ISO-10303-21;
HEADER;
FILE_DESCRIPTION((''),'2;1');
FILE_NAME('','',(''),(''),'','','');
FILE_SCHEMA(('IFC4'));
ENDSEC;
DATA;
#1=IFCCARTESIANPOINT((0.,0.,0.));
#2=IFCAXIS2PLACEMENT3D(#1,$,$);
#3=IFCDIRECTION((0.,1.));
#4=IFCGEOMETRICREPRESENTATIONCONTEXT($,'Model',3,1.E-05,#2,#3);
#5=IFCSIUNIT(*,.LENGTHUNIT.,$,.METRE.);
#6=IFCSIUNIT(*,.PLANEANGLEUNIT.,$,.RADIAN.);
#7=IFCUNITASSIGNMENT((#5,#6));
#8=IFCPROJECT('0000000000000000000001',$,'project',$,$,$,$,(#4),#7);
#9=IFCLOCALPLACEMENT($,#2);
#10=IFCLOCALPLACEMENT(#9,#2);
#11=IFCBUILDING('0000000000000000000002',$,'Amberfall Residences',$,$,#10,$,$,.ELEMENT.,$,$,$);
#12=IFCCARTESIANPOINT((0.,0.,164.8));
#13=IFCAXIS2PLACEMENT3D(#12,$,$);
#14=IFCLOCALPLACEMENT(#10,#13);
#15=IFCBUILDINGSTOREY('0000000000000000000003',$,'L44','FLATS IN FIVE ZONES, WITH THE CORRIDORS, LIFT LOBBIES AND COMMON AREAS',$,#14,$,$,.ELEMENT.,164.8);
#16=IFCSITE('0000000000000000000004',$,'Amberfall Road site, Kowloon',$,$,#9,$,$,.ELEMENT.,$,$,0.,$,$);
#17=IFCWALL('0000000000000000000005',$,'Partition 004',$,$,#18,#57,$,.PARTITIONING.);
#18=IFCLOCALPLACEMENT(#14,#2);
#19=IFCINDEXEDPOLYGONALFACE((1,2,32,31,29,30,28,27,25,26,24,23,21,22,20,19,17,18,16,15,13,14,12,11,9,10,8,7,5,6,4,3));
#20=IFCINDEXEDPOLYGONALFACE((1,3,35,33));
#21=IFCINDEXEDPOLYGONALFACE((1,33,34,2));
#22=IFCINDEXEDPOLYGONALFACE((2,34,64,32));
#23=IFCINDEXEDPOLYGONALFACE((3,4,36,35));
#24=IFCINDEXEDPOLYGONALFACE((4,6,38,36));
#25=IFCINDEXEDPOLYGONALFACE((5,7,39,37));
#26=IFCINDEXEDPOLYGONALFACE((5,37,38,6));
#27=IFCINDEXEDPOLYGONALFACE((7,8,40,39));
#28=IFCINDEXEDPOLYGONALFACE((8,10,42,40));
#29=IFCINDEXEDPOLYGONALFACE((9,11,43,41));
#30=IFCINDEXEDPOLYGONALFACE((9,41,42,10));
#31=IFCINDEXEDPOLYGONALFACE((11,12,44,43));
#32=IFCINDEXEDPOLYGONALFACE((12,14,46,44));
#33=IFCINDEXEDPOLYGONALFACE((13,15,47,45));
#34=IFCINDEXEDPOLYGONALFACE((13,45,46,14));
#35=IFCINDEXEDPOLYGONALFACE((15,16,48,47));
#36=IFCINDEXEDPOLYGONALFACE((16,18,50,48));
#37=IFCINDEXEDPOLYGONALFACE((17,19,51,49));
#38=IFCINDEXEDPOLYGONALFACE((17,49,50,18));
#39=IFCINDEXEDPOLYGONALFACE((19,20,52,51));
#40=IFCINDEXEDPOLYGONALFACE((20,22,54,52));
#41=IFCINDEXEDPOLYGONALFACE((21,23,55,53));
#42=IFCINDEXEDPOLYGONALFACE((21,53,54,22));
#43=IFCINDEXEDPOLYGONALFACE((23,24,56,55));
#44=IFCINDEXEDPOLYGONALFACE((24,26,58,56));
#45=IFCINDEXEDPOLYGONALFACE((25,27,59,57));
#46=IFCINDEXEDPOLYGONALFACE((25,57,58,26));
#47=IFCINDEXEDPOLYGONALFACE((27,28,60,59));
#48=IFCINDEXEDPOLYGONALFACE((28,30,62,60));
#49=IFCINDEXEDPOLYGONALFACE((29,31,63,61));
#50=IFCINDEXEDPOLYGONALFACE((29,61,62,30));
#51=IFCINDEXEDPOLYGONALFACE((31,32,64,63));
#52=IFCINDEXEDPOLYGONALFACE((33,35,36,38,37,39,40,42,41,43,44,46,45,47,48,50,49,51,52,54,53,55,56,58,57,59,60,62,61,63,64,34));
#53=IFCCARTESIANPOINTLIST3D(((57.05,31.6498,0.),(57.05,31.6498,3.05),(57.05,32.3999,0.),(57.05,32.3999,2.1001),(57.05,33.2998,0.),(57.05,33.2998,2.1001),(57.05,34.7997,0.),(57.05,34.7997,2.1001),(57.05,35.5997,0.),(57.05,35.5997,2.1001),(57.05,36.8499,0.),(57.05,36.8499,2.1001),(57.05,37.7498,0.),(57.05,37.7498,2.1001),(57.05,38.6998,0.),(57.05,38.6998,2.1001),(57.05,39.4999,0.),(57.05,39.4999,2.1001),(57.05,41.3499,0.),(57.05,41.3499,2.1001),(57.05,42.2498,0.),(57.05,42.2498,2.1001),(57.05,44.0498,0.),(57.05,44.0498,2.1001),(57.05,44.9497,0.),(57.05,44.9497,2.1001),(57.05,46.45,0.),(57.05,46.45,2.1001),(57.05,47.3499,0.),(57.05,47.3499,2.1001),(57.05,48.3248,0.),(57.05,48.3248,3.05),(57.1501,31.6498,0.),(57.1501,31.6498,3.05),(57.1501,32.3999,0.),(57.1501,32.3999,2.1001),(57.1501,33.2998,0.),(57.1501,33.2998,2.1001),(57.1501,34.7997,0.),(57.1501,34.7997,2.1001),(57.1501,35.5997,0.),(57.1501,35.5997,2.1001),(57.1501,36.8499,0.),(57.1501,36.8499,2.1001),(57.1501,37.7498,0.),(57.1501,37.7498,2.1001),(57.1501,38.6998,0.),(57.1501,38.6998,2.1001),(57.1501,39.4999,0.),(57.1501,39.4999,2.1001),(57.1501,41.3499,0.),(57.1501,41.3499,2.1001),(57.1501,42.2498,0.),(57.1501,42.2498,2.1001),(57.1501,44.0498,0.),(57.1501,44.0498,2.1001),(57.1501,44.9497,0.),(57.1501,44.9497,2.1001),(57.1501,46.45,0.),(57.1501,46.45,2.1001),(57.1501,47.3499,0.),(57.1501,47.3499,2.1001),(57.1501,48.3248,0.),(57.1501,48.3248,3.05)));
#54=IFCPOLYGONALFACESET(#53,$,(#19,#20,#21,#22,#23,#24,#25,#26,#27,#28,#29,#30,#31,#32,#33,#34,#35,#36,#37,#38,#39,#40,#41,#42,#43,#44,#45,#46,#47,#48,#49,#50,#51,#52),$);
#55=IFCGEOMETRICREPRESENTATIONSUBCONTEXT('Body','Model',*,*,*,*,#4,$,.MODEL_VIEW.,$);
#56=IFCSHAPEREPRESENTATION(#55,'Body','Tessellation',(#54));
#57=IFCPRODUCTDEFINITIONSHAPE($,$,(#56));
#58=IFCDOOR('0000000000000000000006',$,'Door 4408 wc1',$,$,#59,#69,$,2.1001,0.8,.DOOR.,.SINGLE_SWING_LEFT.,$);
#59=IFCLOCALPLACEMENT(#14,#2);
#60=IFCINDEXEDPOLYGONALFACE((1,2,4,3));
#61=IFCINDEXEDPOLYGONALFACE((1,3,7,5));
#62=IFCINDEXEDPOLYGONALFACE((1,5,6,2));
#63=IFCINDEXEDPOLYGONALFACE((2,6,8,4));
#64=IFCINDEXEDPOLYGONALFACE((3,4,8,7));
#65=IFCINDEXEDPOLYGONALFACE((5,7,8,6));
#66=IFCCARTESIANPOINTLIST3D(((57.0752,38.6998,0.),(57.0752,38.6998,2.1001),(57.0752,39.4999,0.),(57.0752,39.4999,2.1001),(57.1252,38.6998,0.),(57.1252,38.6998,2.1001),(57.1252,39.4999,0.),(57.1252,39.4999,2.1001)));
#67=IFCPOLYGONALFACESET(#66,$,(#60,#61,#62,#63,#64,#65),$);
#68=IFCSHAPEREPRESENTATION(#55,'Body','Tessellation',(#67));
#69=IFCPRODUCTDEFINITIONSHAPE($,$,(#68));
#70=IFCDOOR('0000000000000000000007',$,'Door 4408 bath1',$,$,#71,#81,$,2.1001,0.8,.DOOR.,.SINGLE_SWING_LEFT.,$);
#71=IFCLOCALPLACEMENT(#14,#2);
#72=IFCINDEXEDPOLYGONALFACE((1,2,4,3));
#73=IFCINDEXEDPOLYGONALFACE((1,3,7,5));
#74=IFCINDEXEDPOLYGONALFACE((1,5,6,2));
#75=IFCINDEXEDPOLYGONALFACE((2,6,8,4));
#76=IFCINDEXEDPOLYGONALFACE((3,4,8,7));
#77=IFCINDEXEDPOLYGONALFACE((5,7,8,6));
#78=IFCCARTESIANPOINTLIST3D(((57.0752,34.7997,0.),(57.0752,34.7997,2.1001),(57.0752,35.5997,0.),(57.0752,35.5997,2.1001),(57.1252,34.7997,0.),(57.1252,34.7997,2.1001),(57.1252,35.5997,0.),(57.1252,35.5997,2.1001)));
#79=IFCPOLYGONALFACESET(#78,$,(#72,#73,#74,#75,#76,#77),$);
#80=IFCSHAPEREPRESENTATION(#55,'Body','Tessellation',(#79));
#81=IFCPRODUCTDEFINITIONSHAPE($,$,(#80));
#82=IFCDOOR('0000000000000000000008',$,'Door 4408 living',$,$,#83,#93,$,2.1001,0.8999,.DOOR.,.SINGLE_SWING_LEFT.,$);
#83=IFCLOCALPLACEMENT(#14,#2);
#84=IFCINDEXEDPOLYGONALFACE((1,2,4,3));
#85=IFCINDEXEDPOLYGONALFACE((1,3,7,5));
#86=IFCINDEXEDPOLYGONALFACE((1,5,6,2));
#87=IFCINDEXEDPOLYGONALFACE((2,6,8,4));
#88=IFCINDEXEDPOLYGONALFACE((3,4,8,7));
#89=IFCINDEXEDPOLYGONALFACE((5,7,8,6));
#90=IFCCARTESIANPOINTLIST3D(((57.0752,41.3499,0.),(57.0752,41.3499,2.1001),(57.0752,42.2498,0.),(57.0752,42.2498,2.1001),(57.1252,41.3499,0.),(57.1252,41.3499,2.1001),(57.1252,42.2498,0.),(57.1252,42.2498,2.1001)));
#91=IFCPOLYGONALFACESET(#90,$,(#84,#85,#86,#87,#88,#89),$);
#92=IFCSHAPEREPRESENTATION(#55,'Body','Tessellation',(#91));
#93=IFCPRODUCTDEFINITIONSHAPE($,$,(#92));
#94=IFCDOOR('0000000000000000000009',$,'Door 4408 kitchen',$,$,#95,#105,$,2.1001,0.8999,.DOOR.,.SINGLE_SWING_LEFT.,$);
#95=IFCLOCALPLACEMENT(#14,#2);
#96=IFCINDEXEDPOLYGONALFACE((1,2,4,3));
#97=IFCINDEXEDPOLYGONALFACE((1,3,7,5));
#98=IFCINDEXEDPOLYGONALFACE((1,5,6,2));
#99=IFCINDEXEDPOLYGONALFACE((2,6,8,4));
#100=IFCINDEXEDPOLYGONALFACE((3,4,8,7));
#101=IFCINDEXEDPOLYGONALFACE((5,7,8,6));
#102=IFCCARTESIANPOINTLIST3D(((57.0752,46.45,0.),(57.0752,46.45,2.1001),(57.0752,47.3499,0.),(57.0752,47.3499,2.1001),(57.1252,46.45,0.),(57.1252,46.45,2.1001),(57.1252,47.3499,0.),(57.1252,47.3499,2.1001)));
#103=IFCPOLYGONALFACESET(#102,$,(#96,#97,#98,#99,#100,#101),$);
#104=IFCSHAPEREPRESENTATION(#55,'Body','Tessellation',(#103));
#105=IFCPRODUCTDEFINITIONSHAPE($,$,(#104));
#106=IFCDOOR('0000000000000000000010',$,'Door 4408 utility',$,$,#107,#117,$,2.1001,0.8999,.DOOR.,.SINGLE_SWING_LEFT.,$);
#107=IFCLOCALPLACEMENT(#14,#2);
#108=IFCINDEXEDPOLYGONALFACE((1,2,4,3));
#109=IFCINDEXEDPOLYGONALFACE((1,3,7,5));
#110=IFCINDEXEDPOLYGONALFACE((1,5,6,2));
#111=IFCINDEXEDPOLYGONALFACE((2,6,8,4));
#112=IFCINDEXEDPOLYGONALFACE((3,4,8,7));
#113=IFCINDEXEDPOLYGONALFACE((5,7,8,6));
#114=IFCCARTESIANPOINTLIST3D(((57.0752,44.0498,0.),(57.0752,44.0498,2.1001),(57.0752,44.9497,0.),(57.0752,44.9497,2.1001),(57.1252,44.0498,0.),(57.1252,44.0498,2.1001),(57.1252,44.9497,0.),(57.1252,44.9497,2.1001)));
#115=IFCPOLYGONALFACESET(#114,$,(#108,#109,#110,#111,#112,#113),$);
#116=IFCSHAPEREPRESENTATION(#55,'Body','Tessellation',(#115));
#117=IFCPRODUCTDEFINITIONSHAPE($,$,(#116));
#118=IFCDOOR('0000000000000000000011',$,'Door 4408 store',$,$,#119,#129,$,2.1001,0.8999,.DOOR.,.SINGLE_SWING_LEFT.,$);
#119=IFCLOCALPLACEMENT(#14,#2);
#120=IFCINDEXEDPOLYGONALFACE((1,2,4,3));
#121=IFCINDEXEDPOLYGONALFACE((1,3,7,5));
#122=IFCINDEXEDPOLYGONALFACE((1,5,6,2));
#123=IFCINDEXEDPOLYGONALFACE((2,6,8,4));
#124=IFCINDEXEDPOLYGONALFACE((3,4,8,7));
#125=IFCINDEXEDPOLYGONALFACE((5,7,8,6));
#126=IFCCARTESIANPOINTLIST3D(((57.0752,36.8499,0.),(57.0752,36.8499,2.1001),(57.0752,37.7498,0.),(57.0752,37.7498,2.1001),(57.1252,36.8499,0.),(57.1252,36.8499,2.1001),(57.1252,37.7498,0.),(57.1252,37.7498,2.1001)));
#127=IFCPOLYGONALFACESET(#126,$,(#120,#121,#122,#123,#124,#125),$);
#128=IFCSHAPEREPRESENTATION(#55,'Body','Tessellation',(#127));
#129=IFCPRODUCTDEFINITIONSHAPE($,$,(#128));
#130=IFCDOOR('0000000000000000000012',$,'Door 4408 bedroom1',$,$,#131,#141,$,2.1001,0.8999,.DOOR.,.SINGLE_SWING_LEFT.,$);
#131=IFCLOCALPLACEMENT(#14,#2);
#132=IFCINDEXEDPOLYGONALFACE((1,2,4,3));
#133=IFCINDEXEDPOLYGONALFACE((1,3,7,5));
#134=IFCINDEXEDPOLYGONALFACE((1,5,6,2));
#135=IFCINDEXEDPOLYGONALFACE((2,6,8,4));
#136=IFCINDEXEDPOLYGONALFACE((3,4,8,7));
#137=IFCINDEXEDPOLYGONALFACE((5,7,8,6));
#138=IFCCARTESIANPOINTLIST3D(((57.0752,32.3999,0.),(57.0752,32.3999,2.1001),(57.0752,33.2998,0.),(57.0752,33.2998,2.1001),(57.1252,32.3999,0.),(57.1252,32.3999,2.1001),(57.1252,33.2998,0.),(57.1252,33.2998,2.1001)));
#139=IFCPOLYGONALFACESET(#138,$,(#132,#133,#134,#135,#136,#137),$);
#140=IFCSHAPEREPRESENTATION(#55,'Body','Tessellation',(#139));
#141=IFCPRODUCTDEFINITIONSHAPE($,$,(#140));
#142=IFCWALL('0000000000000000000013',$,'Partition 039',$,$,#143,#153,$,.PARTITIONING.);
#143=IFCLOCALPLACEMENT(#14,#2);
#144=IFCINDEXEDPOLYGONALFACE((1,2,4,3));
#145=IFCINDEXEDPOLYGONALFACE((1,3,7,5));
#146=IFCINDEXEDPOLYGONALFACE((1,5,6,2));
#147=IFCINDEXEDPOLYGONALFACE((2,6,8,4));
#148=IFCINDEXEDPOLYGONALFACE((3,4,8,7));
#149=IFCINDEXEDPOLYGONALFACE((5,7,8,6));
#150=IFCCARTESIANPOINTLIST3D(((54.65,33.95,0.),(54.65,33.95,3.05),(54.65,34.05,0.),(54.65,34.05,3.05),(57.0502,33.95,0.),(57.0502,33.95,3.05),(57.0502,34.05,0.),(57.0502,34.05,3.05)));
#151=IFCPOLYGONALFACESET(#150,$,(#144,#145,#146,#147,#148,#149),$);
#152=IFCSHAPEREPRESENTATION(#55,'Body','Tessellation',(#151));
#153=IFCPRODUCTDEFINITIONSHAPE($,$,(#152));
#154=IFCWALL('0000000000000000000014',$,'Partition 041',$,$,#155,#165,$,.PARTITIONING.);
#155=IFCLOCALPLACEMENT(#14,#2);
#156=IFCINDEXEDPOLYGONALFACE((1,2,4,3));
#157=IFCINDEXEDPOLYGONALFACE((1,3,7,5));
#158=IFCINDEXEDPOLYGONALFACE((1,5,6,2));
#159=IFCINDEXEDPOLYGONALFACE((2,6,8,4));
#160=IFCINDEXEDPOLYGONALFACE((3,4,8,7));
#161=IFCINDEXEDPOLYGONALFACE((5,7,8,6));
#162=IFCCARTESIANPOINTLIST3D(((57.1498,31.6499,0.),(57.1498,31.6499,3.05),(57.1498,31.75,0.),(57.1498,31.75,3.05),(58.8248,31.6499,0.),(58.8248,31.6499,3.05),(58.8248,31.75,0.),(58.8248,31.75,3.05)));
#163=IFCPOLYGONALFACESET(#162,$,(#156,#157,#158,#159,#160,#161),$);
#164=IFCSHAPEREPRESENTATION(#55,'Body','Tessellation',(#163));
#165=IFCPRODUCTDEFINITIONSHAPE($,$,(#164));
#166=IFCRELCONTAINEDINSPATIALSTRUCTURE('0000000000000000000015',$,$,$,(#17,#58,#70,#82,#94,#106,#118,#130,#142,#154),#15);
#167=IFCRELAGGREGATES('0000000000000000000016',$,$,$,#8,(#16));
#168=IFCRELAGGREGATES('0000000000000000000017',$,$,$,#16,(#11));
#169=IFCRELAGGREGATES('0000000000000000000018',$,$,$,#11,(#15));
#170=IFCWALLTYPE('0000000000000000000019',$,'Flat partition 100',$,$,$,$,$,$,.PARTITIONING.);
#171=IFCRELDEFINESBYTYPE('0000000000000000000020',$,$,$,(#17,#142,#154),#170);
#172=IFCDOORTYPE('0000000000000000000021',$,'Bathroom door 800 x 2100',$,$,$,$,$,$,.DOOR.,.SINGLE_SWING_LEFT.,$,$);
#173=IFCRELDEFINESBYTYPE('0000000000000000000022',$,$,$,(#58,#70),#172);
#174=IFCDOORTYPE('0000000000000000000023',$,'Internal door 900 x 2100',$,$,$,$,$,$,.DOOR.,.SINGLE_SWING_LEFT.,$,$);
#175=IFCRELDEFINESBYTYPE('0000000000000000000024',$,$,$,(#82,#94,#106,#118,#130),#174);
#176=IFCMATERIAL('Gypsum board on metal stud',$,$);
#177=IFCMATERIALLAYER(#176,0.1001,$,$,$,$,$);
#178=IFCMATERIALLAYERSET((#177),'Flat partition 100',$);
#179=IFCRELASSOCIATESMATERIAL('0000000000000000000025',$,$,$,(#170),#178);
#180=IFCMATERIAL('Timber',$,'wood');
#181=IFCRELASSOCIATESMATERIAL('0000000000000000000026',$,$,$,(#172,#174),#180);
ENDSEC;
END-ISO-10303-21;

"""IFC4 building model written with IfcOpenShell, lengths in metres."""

from ifc_helpers import new_model, si_unit, direction, frame, frame_2d, origin, place, context, subcontext, project, spatial, rectangle, extrude, material, layer, layer_set, type_object, element, fill, save


model = new_model("IFC4")

# Units and contexts
model_context = context("Model", 3, precision=1e-05, world=origin(), true_north=direction((0.0, 1.0)))
body_context = subcontext(model_context, "Body", "Model", "MODEL_VIEW")
ifc_project = project(units=[si_unit("LENGTHUNIT", "METRE"), si_unit("PLANEANGLEUNIT", "RADIAN")], contexts=[model_context])

# Site, building, storey
site_placement = place(None, origin())
site = spatial("IfcSite", under=ifc_project, at=site_placement, Name="Amberfall Road site, Kowloon", CompositionType="ELEMENT", RefElevation=0.0)
building_placement = place(site_placement, origin())
building = spatial("IfcBuilding", under=site, at=building_placement, Name="Amberfall Residences", CompositionType="ELEMENT")
storey_placement = place(building_placement, frame((0.0, 0.0, 164.8)))
storey = spatial("IfcBuildingStorey", under=building, at=storey_placement, Name="L44", Description="FLATS IN FIVE ZONES, WITH THE CORRIDORS, LIFT LOBBIES AND COMMON AREAS", CompositionType="ELEMENT", Elevation=164.8)

# Shared definitions
ifc_material_1 = material(Name="Gypsum board on metal stud")
ifc_layer_1 = layer(ifc_material_1, 0.1001)
ifc_layer_set_1 = layer_set([ifc_layer_1], Name="Flat partition 100")
wall_type_1 = type_object("IfcWallType", Name="Flat partition 100", PredefinedType="PARTITIONING", material=ifc_layer_set_1)

# Wall, openings, doors
wall_1_placement = place(storey_placement, frame((57.1001, 31.6499, 0.0), z_axis=(0.0, 0.0, 1.0), x_axis=(0.0, 1.0, 0.0)))
wall_1 = element("IfcWall", 1, at=wall_1_placement, inside=storey, type_object=wall_type_1, Name="Partition 004", PredefinedType="PARTITIONING", context=body_context, shape_type="SweptSolid", body=[
    extrude(rectangle(XDim=16.675, YDim=0.1001, at=frame_2d((8.3374, 0.0))), origin(), (0.0, 0.0, 1.0), 3.05),
])
opening_1_placement = place(wall_1_placement, frame((9.7, 0.0, 0.0)))
opening_1 = element("IfcOpeningElement", 2, at=opening_1_placement, cuts=wall_1, PredefinedType="OPENING", context=body_context, shape_type="SweptSolid", body=[
    extrude(rectangle(XDim=0.8999, YDim=2.1001, at=frame_2d((0.45, 1.05))), frame((0.0, 0.0601, 0.0), z_axis=(0.0, -1.0, 0.0), x_axis=(1.0, 0.0, 0.0)), (0.0, 0.0, 1.0), 0.1201),
])
opening_2_placement = place(wall_1_placement, frame((14.8, 0.0, 0.0)))
opening_2 = element("IfcOpeningElement", 3, at=opening_2_placement, cuts=wall_1, PredefinedType="OPENING", context=body_context, shape_type="SweptSolid", body=[
    extrude(rectangle(XDim=0.8999, YDim=2.1001, at=frame_2d((0.45, 1.05))), frame((0.0, 0.0601, 0.0), z_axis=(0.0, -1.0, 0.0), x_axis=(1.0, 0.0, 0.0)), (0.0, 0.0, 1.0), 0.1201),
])
opening_3_placement = place(wall_1_placement, frame((12.3999, 0.0, 0.0)))
opening_3 = element("IfcOpeningElement", 4, at=opening_3_placement, cuts=wall_1, PredefinedType="OPENING", context=body_context, shape_type="SweptSolid", body=[
    extrude(rectangle(XDim=0.8999, YDim=2.1001, at=frame_2d((0.45, 1.05))), frame((0.0, 0.0601, 0.0), z_axis=(0.0, -1.0, 0.0), x_axis=(1.0, 0.0, 0.0)), (0.0, 0.0, 1.0), 0.1201),
])
opening_4_placement = place(wall_1_placement, frame((5.2, 0.0, 0.0)))
opening_4 = element("IfcOpeningElement", 5, at=opening_4_placement, cuts=wall_1, PredefinedType="OPENING", context=body_context, shape_type="SweptSolid", body=[
    extrude(rectangle(XDim=0.8999, YDim=2.1001, at=frame_2d((0.45, 1.05))), frame((0.0, 0.0601, 0.0), z_axis=(0.0, -1.0, 0.0), x_axis=(1.0, 0.0, 0.0)), (0.0, 0.0, 1.0), 0.1201),
])
opening_5_placement = place(wall_1_placement, frame((7.05, 0.0, 0.0)))
opening_5 = element("IfcOpeningElement", 6, at=opening_5_placement, cuts=wall_1, PredefinedType="OPENING", context=body_context, shape_type="SweptSolid", body=[
    extrude(rectangle(XDim=0.8, YDim=2.1001, at=frame_2d((0.3999, 1.05))), frame((0.0, 0.0601, 0.0), z_axis=(0.0, -1.0, 0.0), x_axis=(1.0, 0.0, 0.0)), (0.0, 0.0, 1.0), 0.1201),
])
opening_6_placement = place(wall_1_placement, frame((0.75, 0.0, 0.0)))
opening_6 = element("IfcOpeningElement", 7, at=opening_6_placement, cuts=wall_1, PredefinedType="OPENING", context=body_context, shape_type="SweptSolid", body=[
    extrude(rectangle(XDim=0.8999, YDim=2.1001, at=frame_2d((0.45, 1.05))), frame((0.0, 0.0601, 0.0), z_axis=(0.0, -1.0, 0.0), x_axis=(1.0, 0.0, 0.0)), (0.0, 0.0, 1.0), 0.1201),
])
opening_7_placement = place(wall_1_placement, frame((3.1499, 0.0, 0.0)))
opening_7 = element("IfcOpeningElement", 8, at=opening_7_placement, cuts=wall_1, PredefinedType="OPENING", context=body_context, shape_type="SweptSolid", body=[
    extrude(rectangle(XDim=0.8, YDim=2.1001, at=frame_2d((0.3999, 1.05))), frame((0.0, 0.0601, 0.0), z_axis=(0.0, -1.0, 0.0), x_axis=(1.0, 0.0, 0.0)), (0.0, 0.0, 1.0), 0.1201),
])
ifc_material_2 = material(Name="Timber", Category="wood")
door_type_1 = type_object("IfcDoorType", Name="Bathroom door 800 x 2100", OperationType="SINGLE_SWING_LEFT", PredefinedType="DOOR", material=ifc_material_2)
door_1_placement = place(opening_5_placement, origin())
door_1 = element("IfcDoor", 9, at=door_1_placement, inside=storey, type_object=door_type_1, Name="Door 4408 wc1", OperationType="SINGLE_SWING_LEFT", OverallHeight=2.1001, OverallWidth=0.8, PredefinedType="DOOR", context=body_context, shape_type="SweptSolid", body=[
    extrude(rectangle(XDim=0.8, YDim=2.1001, at=frame_2d((0.3999, 1.05))), frame((0.0, 0.0249, 0.0), z_axis=(0.0, -1.0, 0.0), x_axis=(1.0, 0.0, 0.0)), (0.0, 0.0, 1.0), 0.05),
])
fill(opening_5, door_1)
door_2_placement = place(opening_7_placement, origin())
door_2 = element("IfcDoor", 10, at=door_2_placement, inside=storey, type_object=door_type_1, Name="Door 4408 bath1", OperationType="SINGLE_SWING_LEFT", OverallHeight=2.1001, OverallWidth=0.8, PredefinedType="DOOR", context=body_context, shape_type="SweptSolid", body=[
    extrude(rectangle(XDim=0.8, YDim=2.1001, at=frame_2d((0.3999, 1.05))), frame((0.0, 0.0249, 0.0), z_axis=(0.0, -1.0, 0.0), x_axis=(1.0, 0.0, 0.0)), (0.0, 0.0, 1.0), 0.05),
])
fill(opening_7, door_2)
door_type_2 = type_object("IfcDoorType", Name="Internal door 900 x 2100", OperationType="SINGLE_SWING_LEFT", PredefinedType="DOOR", material=ifc_material_2)
door_3_placement = place(opening_1_placement, origin())
door_3 = element("IfcDoor", 11, at=door_3_placement, inside=storey, type_object=door_type_2, Name="Door 4408 living", OperationType="SINGLE_SWING_LEFT", OverallHeight=2.1001, OverallWidth=0.8999, PredefinedType="DOOR", context=body_context, shape_type="SweptSolid", body=[
    extrude(rectangle(XDim=0.8999, YDim=2.1001, at=frame_2d((0.45, 1.05))), frame((0.0, 0.0249, 0.0), z_axis=(0.0, -1.0, 0.0), x_axis=(1.0, 0.0, 0.0)), (0.0, 0.0, 1.0), 0.05),
])
fill(opening_1, door_3)
door_4_placement = place(opening_2_placement, origin())
door_4 = element("IfcDoor", 12, at=door_4_placement, inside=storey, type_object=door_type_2, Name="Door 4408 kitchen", OperationType="SINGLE_SWING_LEFT", OverallHeight=2.1001, OverallWidth=0.8999, PredefinedType="DOOR", context=body_context, shape_type="SweptSolid", body=[
    extrude(rectangle(XDim=0.8999, YDim=2.1001, at=frame_2d((0.45, 1.05))), frame((0.0, 0.0249, 0.0), z_axis=(0.0, -1.0, 0.0), x_axis=(1.0, 0.0, 0.0)), (0.0, 0.0, 1.0), 0.05),
])
fill(opening_2, door_4)
door_5_placement = place(opening_3_placement, origin())
door_5 = element("IfcDoor", 13, at=door_5_placement, inside=storey, type_object=door_type_2, Name="Door 4408 utility", OperationType="SINGLE_SWING_LEFT", OverallHeight=2.1001, OverallWidth=0.8999, PredefinedType="DOOR", context=body_context, shape_type="SweptSolid", body=[
    extrude(rectangle(XDim=0.8999, YDim=2.1001, at=frame_2d((0.45, 1.05))), frame((0.0, 0.0249, 0.0), z_axis=(0.0, -1.0, 0.0), x_axis=(1.0, 0.0, 0.0)), (0.0, 0.0, 1.0), 0.05),
])
fill(opening_3, door_5)
door_6_placement = place(opening_4_placement, origin())
door_6 = element("IfcDoor", 14, at=door_6_placement, inside=storey, type_object=door_type_2, Name="Door 4408 store", OperationType="SINGLE_SWING_LEFT", OverallHeight=2.1001, OverallWidth=0.8999, PredefinedType="DOOR", context=body_context, shape_type="SweptSolid", body=[
    extrude(rectangle(XDim=0.8999, YDim=2.1001, at=frame_2d((0.45, 1.05))), frame((0.0, 0.0249, 0.0), z_axis=(0.0, -1.0, 0.0), x_axis=(1.0, 0.0, 0.0)), (0.0, 0.0, 1.0), 0.05),
])
fill(opening_4, door_6)
door_7_placement = place(opening_6_placement, origin())
door_7 = element("IfcDoor", 15, at=door_7_placement, inside=storey, type_object=door_type_2, Name="Door 4408 bedroom1", OperationType="SINGLE_SWING_LEFT", OverallHeight=2.1001, OverallWidth=0.8999, PredefinedType="DOOR", context=body_context, shape_type="SweptSolid", body=[
    extrude(rectangle(XDim=0.8999, YDim=2.1001, at=frame_2d((0.45, 1.05))), frame((0.0, 0.0249, 0.0), z_axis=(0.0, -1.0, 0.0), x_axis=(1.0, 0.0, 0.0)), (0.0, 0.0, 1.0), 0.05),
])
fill(opening_6, door_7)

# Walls
wall_2_placement = place(storey_placement, frame((54.6499, 34.0, 0.0), z_axis=(0.0, 0.0, 1.0), x_axis=(1.0, 0.0, 0.0)))
element("IfcWall", 16, at=wall_2_placement, inside=storey, type_object=wall_type_1, Name="Partition 039", PredefinedType="PARTITIONING", context=body_context, shape_type="SweptSolid", body=[
    extrude(rectangle(XDim=2.4001, YDim=0.1001, at=frame_2d((1.2002, 0.0))), origin(), (0.0, 0.0, 1.0), 3.05),
])
wall_3_placement = place(storey_placement, frame((57.1499, 31.7, 0.0), z_axis=(0.0, 0.0, 1.0), x_axis=(1.0, 0.0, 0.0)))
element("IfcWall", 17, at=wall_3_placement, inside=storey, type_object=wall_type_1, Name="Partition 041", PredefinedType="PARTITIONING", context=body_context, shape_type="SweptSolid", body=[
    extrude(rectangle(XDim=1.675, YDim=0.1001, at=frame_2d((0.8374, 0.0))), origin(), (0.0, 0.0, 1.0), 3.05),
])

save(model, "model.ifc")
